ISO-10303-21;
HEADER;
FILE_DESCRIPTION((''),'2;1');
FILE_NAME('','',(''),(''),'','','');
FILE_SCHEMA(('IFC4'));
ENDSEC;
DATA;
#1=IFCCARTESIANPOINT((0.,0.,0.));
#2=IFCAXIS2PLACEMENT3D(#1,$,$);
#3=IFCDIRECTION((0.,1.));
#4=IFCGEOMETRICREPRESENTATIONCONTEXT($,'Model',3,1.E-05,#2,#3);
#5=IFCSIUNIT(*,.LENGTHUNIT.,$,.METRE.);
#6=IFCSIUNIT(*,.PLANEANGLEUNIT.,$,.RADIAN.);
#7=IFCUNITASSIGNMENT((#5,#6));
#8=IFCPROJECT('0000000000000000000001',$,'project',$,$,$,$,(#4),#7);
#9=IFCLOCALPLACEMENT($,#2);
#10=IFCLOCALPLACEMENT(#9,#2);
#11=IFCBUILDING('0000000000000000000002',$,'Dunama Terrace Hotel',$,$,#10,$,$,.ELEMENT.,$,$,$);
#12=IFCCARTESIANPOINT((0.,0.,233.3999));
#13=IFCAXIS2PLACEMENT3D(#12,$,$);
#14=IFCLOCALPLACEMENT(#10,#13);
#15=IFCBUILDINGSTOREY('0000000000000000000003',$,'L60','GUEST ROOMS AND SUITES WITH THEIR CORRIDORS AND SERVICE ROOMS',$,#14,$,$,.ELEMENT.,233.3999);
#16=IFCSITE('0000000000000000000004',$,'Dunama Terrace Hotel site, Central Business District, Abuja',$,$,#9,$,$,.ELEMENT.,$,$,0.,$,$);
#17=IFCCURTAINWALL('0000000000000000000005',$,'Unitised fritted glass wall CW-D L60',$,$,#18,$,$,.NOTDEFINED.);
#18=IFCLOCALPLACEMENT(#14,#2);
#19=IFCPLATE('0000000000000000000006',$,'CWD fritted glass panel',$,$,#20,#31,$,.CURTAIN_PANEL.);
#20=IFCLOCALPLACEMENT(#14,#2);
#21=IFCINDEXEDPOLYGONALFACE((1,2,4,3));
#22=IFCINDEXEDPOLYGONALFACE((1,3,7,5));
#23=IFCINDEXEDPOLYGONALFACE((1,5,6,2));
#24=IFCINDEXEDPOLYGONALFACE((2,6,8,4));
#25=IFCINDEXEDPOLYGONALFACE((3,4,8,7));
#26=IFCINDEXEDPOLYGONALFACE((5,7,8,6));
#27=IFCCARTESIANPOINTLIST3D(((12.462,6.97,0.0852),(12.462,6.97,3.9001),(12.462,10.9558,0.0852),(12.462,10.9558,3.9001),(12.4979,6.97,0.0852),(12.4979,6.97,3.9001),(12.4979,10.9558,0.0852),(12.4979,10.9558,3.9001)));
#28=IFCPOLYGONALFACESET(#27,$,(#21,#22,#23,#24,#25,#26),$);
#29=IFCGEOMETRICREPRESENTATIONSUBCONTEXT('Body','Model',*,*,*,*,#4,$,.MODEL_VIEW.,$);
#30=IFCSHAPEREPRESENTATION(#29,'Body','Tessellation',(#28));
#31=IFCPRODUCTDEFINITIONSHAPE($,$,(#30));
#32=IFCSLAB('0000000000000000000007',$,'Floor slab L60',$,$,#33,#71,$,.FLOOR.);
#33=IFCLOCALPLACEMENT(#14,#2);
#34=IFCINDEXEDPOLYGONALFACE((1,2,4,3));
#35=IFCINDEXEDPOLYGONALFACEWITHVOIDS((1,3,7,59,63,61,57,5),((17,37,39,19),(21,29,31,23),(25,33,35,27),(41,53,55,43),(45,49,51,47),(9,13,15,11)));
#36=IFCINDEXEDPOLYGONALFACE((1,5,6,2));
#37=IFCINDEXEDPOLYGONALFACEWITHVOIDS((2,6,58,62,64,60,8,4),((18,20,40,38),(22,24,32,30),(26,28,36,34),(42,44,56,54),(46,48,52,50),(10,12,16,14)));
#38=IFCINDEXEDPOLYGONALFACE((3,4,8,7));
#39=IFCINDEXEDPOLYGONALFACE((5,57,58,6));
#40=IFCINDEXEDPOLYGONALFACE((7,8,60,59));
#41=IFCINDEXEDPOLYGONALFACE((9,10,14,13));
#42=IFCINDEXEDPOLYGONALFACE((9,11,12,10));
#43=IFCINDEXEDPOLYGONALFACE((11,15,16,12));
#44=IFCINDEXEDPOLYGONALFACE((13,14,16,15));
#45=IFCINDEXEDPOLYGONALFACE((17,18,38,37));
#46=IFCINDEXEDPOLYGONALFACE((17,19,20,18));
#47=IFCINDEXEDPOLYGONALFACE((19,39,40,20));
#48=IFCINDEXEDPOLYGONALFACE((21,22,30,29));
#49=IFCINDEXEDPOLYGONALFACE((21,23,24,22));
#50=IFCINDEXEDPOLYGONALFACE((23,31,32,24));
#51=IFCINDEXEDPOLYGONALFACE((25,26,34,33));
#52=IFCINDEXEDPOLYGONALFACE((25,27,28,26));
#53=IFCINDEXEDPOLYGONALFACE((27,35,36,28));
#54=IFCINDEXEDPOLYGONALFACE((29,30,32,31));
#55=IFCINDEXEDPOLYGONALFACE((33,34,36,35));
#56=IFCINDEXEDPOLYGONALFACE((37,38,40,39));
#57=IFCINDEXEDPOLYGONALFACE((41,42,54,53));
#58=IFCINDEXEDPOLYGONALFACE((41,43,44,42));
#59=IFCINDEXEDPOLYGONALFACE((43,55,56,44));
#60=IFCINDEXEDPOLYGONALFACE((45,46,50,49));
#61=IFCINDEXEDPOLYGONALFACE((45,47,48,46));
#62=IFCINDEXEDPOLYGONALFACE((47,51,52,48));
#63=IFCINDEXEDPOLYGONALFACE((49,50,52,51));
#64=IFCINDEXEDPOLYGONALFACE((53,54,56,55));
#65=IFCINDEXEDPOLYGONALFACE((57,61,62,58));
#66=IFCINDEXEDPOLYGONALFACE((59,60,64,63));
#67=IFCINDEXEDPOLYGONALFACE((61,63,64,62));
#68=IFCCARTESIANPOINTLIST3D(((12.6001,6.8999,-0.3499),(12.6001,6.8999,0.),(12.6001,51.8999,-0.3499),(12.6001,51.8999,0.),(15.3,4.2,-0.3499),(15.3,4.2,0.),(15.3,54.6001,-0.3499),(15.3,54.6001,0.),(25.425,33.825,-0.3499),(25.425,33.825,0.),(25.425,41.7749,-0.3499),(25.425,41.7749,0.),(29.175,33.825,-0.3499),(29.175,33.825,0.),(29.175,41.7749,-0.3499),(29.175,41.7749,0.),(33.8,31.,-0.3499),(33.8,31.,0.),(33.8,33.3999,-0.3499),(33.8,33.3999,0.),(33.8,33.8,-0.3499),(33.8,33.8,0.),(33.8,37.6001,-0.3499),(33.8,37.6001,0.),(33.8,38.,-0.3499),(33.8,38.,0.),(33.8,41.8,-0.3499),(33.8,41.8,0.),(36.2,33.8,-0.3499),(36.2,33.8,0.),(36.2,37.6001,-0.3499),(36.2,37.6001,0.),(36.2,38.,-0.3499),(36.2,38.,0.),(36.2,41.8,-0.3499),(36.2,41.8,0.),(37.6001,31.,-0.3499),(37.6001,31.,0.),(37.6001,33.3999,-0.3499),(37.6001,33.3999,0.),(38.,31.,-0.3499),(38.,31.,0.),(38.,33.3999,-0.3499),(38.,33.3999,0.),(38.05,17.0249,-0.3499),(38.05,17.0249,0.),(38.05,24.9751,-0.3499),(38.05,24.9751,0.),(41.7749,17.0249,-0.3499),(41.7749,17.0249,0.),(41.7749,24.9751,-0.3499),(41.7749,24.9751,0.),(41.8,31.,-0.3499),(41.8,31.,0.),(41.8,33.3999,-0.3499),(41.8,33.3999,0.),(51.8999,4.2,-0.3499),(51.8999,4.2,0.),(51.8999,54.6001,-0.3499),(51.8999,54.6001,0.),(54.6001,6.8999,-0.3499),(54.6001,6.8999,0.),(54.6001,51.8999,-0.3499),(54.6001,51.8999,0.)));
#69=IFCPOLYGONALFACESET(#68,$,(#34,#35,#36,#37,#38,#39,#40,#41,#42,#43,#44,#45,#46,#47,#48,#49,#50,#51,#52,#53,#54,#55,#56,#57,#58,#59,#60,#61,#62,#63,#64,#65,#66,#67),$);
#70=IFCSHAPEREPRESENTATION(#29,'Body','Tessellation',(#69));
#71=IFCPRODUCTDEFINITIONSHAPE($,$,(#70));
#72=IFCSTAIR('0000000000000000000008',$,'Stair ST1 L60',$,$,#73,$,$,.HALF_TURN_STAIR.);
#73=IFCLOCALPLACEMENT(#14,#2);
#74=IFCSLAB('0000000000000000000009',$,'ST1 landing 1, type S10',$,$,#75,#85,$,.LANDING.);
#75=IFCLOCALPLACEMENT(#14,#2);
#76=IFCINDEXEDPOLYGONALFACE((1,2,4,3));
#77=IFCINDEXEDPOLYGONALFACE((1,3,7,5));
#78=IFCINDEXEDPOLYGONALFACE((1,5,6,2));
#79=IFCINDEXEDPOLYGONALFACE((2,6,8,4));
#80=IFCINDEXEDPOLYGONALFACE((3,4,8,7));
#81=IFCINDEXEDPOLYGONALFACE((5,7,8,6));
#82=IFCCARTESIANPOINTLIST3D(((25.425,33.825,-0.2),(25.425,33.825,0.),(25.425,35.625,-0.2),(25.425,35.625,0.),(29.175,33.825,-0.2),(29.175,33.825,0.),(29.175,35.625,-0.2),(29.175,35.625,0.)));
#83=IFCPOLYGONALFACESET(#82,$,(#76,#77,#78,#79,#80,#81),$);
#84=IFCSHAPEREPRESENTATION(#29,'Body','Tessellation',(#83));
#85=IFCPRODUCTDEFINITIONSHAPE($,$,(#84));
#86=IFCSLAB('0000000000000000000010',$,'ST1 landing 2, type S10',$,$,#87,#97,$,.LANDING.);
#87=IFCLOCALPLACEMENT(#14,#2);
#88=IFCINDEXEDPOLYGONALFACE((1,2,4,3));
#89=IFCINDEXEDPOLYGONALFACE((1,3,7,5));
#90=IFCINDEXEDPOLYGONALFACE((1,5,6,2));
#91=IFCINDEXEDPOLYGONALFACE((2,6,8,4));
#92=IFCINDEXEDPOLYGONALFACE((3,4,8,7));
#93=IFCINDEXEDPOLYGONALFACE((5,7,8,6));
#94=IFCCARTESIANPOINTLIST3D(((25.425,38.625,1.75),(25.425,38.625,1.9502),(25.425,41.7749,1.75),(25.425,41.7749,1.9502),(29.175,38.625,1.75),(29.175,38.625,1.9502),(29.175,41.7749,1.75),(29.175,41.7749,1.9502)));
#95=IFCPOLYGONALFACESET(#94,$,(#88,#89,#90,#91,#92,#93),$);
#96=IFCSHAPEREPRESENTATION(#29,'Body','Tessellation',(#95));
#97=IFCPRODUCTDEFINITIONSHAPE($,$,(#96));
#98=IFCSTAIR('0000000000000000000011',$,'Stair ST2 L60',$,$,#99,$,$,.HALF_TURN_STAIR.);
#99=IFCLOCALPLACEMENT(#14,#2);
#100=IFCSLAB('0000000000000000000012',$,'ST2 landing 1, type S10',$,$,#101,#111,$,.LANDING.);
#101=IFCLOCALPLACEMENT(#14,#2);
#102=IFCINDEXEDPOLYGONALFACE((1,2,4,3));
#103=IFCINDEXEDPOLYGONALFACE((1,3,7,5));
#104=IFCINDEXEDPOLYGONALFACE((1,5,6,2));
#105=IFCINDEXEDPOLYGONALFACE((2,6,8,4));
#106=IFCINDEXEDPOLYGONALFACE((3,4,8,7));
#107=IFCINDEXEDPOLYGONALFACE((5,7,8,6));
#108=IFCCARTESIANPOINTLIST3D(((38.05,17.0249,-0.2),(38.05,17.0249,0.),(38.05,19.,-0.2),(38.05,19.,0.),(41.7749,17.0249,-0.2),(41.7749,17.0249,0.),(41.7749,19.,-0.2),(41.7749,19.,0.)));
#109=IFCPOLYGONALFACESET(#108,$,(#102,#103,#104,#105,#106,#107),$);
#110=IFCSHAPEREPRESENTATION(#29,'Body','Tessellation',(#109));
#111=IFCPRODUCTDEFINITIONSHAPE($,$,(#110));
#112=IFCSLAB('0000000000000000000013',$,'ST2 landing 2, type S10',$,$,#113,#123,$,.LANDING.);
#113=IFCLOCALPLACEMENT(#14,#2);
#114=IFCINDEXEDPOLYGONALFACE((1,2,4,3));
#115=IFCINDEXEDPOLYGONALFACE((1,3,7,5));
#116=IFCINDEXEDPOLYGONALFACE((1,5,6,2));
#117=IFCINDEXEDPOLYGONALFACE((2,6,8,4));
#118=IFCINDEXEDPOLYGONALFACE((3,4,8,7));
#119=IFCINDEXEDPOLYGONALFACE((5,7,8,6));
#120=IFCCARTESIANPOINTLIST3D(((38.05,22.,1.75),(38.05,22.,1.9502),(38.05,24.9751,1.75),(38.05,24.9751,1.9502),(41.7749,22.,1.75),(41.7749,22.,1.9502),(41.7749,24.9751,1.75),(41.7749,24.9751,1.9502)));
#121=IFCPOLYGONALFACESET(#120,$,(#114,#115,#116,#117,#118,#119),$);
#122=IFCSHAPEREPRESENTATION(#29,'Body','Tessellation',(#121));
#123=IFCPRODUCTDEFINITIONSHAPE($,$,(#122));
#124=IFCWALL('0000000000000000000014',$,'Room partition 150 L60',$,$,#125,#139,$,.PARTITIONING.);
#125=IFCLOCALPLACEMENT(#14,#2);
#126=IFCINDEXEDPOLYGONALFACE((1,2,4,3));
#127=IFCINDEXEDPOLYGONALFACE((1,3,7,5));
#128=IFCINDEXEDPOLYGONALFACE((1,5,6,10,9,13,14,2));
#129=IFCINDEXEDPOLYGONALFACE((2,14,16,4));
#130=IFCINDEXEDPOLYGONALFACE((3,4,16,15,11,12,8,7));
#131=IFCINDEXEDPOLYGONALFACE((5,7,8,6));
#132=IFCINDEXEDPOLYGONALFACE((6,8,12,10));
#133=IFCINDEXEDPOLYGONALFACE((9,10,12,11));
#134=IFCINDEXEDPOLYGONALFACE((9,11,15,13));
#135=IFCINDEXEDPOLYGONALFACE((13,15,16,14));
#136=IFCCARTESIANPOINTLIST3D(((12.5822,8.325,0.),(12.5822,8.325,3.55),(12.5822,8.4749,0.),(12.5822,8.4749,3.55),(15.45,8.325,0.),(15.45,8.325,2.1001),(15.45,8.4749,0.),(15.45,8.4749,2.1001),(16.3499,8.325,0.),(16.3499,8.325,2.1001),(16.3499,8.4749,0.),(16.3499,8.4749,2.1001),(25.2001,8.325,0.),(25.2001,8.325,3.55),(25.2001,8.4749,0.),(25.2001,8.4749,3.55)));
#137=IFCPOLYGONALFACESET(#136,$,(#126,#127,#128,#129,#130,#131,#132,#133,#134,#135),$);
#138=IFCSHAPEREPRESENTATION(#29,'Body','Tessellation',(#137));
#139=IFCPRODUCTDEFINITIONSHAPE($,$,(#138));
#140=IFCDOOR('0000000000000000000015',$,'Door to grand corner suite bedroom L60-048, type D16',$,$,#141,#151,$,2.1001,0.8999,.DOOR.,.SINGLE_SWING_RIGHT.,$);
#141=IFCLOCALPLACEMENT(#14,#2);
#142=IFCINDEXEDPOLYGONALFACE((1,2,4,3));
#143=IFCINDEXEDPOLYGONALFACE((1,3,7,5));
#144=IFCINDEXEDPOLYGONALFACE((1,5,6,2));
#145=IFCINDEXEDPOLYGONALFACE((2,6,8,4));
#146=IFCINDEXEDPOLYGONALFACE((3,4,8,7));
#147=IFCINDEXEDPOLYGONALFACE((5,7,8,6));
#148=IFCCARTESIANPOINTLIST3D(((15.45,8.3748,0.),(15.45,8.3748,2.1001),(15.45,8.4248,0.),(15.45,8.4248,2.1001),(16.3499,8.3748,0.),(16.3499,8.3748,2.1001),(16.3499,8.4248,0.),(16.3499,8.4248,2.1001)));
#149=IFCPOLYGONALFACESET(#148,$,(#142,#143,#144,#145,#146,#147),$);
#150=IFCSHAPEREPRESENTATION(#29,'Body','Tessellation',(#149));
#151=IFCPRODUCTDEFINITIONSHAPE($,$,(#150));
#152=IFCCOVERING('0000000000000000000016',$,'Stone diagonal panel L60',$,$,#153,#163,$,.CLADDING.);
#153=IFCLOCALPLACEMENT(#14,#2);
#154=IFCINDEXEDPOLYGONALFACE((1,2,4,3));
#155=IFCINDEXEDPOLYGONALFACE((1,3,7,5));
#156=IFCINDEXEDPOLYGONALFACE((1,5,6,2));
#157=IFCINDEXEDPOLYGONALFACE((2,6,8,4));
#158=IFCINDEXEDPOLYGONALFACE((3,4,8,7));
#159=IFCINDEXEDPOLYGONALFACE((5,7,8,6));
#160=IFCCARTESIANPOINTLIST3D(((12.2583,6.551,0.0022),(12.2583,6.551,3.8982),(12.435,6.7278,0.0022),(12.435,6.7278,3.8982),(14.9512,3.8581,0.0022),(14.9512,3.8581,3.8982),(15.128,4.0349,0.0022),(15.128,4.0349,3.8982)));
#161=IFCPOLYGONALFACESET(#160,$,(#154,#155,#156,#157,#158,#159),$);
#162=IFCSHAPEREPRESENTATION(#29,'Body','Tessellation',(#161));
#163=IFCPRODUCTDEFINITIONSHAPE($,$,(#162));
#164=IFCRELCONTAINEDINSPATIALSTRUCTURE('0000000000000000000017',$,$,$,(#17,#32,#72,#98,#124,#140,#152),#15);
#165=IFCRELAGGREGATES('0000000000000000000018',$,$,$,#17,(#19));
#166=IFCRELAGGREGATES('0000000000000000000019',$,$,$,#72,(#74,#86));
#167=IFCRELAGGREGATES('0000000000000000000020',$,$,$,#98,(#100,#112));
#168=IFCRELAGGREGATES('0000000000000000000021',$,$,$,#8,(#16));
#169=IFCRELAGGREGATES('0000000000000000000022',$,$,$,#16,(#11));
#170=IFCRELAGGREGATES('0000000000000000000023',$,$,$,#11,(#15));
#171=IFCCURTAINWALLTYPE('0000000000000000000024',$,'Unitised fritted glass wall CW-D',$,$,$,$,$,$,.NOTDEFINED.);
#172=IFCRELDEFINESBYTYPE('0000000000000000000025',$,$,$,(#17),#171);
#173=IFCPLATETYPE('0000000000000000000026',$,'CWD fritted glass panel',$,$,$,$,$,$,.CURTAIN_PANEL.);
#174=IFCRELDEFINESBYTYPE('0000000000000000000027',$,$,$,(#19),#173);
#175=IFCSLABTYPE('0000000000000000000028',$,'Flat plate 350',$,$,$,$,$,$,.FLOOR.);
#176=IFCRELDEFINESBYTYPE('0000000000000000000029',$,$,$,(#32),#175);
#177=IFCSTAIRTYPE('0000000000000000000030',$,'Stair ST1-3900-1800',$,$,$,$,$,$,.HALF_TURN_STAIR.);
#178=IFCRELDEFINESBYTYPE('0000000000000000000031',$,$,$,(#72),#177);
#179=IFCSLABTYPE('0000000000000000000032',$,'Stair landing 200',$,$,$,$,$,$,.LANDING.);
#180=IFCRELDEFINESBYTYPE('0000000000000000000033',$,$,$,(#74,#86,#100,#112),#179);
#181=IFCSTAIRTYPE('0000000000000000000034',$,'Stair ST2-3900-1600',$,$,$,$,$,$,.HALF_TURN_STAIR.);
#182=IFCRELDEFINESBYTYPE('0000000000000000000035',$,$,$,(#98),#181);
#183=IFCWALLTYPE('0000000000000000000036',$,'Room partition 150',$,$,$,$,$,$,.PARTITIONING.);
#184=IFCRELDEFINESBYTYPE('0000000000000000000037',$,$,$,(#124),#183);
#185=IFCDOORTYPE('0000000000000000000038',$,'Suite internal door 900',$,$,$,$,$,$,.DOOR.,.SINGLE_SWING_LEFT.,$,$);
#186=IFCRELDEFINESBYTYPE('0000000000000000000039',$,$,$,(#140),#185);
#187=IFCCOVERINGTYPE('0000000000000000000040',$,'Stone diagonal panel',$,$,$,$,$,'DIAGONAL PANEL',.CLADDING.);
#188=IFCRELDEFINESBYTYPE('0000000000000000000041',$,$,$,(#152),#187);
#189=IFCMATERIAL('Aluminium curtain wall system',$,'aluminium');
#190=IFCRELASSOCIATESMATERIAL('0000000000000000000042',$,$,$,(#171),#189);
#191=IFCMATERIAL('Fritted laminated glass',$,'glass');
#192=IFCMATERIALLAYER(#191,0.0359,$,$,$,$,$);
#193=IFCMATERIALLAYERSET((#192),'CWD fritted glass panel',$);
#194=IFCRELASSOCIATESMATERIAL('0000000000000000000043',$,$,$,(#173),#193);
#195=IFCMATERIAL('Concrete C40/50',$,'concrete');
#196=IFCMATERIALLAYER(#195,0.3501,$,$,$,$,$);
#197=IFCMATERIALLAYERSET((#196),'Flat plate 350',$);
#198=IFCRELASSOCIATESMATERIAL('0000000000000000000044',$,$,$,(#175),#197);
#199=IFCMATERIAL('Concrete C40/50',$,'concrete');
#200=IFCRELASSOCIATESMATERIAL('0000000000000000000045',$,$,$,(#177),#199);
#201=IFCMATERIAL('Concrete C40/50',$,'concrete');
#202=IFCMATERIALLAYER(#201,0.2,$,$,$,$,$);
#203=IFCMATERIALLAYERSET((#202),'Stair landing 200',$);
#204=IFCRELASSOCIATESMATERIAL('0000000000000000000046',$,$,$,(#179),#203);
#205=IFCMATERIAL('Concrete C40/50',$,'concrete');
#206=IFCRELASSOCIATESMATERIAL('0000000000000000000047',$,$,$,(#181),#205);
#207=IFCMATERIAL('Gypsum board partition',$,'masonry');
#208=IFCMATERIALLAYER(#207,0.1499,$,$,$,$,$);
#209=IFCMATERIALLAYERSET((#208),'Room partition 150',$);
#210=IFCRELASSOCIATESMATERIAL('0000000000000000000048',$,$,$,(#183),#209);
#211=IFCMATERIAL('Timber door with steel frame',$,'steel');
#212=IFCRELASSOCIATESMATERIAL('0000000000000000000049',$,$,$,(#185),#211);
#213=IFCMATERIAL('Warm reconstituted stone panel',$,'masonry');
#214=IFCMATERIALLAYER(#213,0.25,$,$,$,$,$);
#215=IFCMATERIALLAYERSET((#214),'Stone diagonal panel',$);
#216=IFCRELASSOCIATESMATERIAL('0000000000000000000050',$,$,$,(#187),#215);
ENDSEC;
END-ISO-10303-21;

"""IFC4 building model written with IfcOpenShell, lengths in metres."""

from ifc_helpers import new_model, si_unit, direction, frame, frame_2d, origin, origin_2d, place, context, subcontext, project, spatial, polyline, rectangle, outline, extrude, material, layer, layer_set, type_object, element, fill, aggregate, save


model = new_model("IFC4")

# Units and contexts
model_context = context("Model", 3, precision=1e-05, world=origin(), true_north=direction((0.0, 1.0)))
body_context = subcontext(model_context, "Body", "Model", "MODEL_VIEW")
ifc_project = project(units=[si_unit("LENGTHUNIT", "METRE"), si_unit("PLANEANGLEUNIT", "RADIAN")], contexts=[model_context])

# Site, building, storey
site_placement = place(None, origin())
site = spatial("IfcSite", under=ifc_project, at=site_placement, Name="Dunama Terrace Hotel site, Central Business District, Abuja", CompositionType="ELEMENT", RefElevation=0.0)
building_placement = place(site_placement, origin())
building = spatial("IfcBuilding", under=site, at=building_placement, Name="Dunama Terrace Hotel", CompositionType="ELEMENT")
storey_placement = place(building_placement, frame((0.0, 0.0, 233.3999)))
storey = spatial("IfcBuildingStorey", under=building, at=storey_placement, Name="L60", Description="GUEST ROOMS AND SUITES WITH THEIR CORRIDORS AND SERVICE ROOMS", CompositionType="ELEMENT", Elevation=233.3999)

# Shared definitions
ifc_material_1 = material(Name="Aluminium curtain wall system", Category="aluminium")
curtain_wall_type = type_object("IfcCurtainWallType", Name="Unitised fritted glass wall CW-D", PredefinedType="NOTDEFINED", material=ifc_material_1)

# Curtain wall
curtain_wall_1_placement = place(storey_placement, origin())
curtain_wall_1 = element("IfcCurtainWall", 1, at=curtain_wall_1_placement, inside=storey, type_object=curtain_wall_type, Name="Unitised fritted glass wall CW-D L60", PredefinedType="NOTDEFINED")

# Plate
ifc_material_2 = material(Name="Fritted laminated glass", Category="glass")
ifc_layer_1 = layer(ifc_material_2, 0.0359)
ifc_layer_set_1 = layer_set([ifc_layer_1], Name="CWD fritted glass panel")
plate_type_1 = type_object("IfcPlateType", Name="CWD fritted glass panel", PredefinedType="CURTAIN_PANEL", material=ifc_layer_set_1)
plate_1_placement = place(storey_placement, frame((12.48, 8.9629, 0.0852), z_axis=(0.0, 0.0, 1.0), x_axis=(0.0, -1.0, 0.0)))
plate_1 = element("IfcPlate", 2, at=plate_1_placement, type_object=plate_type_1, Name="CWD fritted glass panel", PredefinedType="CURTAIN_PANEL", context=body_context, shape_type="SweptSolid", body=[
    extrude(rectangle(XDim=3.9858, YDim=0.0359, at=origin_2d()), origin(), (0.0, 0.0, 1.0), 3.8149),
])
aggregate(curtain_wall_1, [plate_1])

# Slab
ifc_material_3 = material(Name="Concrete C40/50", Category="concrete")
ifc_layer_2 = layer(ifc_material_3, 0.3501)
ifc_layer_set_2 = layer_set([ifc_layer_2], Name="Flat plate 350")
slab_type_1 = type_object("IfcSlabType", Name="Flat plate 350", PredefinedType="FLOOR", material=ifc_layer_set_2)
slab_1_placement = place(storey_placement, frame((0.0, 0.0, -0.3499)))
element("IfcSlab", 3, at=slab_1_placement, inside=storey, type_object=slab_type_1, Name="Floor slab L60", PredefinedType="FLOOR", context=body_context, shape_type="SweptSolid", body=[
    extrude(outline(polyline([(15.3, 4.2), (51.8999, 4.2), (54.6001, 6.8999), (54.6001, 51.8999), (51.8999, 54.6001), (15.3, 54.6001), (12.6001, 51.8999), (12.6001, 6.8999), (15.3, 4.2)]), holes=[polyline([(37.6001, 31.0), (37.6001, 33.3999), (33.8, 33.3999), (33.8, 31.0), (37.6001, 31.0)]), polyline([(41.8, 31.0), (41.8, 33.3999), (38.0, 33.3999), (38.0, 31.0), (41.8, 31.0)]), polyline([(36.2, 38.0), (36.2, 41.8), (33.8, 41.8), (33.8, 38.0), (36.2, 38.0)]), polyline([(36.2, 33.8), (36.2, 37.6001), (33.8, 37.6001), (33.8, 33.8), (36.2, 33.8)]), polyline([(29.175, 33.825), (29.175, 41.7749), (25.425, 41.7749), (25.425, 33.825), (29.175, 33.825)]), polyline([(41.7749, 17.0249), (41.7749, 24.9751), (38.05, 24.9751), (38.05, 17.0249), (41.7749, 17.0249)])]), origin(), (0.0, 0.0, 1.0), 0.3499),
])

# Stairs, slabs
ifc_material_4 = material(Name="Concrete C40/50", Category="concrete")
stair_type_1 = type_object("IfcStairType", Name="Stair ST1-3900-1800", PredefinedType="HALF_TURN_STAIR", material=ifc_material_4)
stair_1_placement = place(storey_placement, origin())
stair_1 = element("IfcStair", 4, at=stair_1_placement, inside=storey, type_object=stair_type_1, Name="Stair ST1 L60", PredefinedType="HALF_TURN_STAIR")
ifc_material_5 = material(Name="Concrete C40/50", Category="concrete")
ifc_layer_3 = layer(ifc_material_5, 0.2)
ifc_layer_set_3 = layer_set([ifc_layer_3], Name="Stair landing 200")
slab_type_2 = type_object("IfcSlabType", Name="Stair landing 200", PredefinedType="LANDING", material=ifc_layer_set_3)
slab_2_placement = place(storey_placement, frame((0.0, 0.0, -0.2)))
slab_2 = element("IfcSlab", 5, at=slab_2_placement, type_object=slab_type_2, Name="ST1 landing 1, type S10", PredefinedType="LANDING", context=body_context, shape_type="SweptSolid", body=[
    extrude(outline(polyline([(25.425, 33.825), (29.175, 33.825), (29.175, 35.625), (25.425, 35.625), (25.425, 33.825)])), origin(), (0.0, 0.0, 1.0), 0.2),
])
slab_3_placement = place(storey_placement, frame((0.0, 0.0, 1.75)))
slab_3 = element("IfcSlab", 6, at=slab_3_placement, type_object=slab_type_2, Name="ST1 landing 2, type S10", PredefinedType="LANDING", context=body_context, shape_type="SweptSolid", body=[
    extrude(outline(polyline([(25.425, 38.625), (29.175, 38.625), (29.175, 41.7749), (25.425, 41.7749), (25.425, 38.625)])), origin(), (0.0, 0.0, 1.0), 0.2002),
])
aggregate(stair_1, [slab_2, slab_3])
ifc_material_6 = material(Name="Concrete C40/50", Category="concrete")
stair_type_2 = type_object("IfcStairType", Name="Stair ST2-3900-1600", PredefinedType="HALF_TURN_STAIR", material=ifc_material_6)
stair_2_placement = place(storey_placement, origin())
stair_2 = element("IfcStair", 7, at=stair_2_placement, inside=storey, type_object=stair_type_2, Name="Stair ST2 L60", PredefinedType="HALF_TURN_STAIR")
slab_4_placement = place(storey_placement, frame((0.0, 0.0, -0.2)))
slab_4 = element("IfcSlab", 8, at=slab_4_placement, type_object=slab_type_2, Name="ST2 landing 1, type S10", PredefinedType="LANDING", context=body_context, shape_type="SweptSolid", body=[
    extrude(outline(polyline([(38.05, 17.0249), (41.7749, 17.0249), (41.7749, 19.0), (38.05, 19.0), (38.05, 17.0249)])), origin(), (0.0, 0.0, 1.0), 0.2),
])
slab_5_placement = place(storey_placement, frame((0.0, 0.0, 1.75)))
slab_5 = element("IfcSlab", 9, at=slab_5_placement, type_object=slab_type_2, Name="ST2 landing 2, type S10", PredefinedType="LANDING", context=body_context, shape_type="SweptSolid", body=[
    extrude(outline(polyline([(38.05, 22.0), (41.7749, 22.0), (41.7749, 24.9751), (38.05, 24.9751), (38.05, 22.0)])), origin(), (0.0, 0.0, 1.0), 0.2002),
])
aggregate(stair_2, [slab_4, slab_5])

# Wall, opening, door
ifc_material_7 = material(Name="Gypsum board partition", Category="masonry")
ifc_layer_4 = layer(ifc_material_7, 0.1499)
ifc_layer_set_4 = layer_set([ifc_layer_4], Name="Room partition 150")
wall_type = type_object("IfcWallType", Name="Room partition 150", PredefinedType="PARTITIONING", material=ifc_layer_set_4)
wall_placement = place(storey_placement, frame((12.582, 8.3999, 0.0), z_axis=(0.0, 0.0, 1.0), x_axis=(1.0, 0.0, 0.0)))
wall = element("IfcWall", 10, at=wall_placement, inside=storey, type_object=wall_type, Name="Room partition 150 L60", PredefinedType="PARTITIONING", context=body_context, shape_type="SweptSolid", body=[
    extrude(rectangle(XDim=12.6179, YDim=0.1499, at=frame_2d((6.3091, 0.0))), origin(), (0.0, 0.0, 1.0), 3.55),
])
opening_placement = place(wall_placement, frame((2.8679, 0.0, 0.0)))
opening = element("IfcOpeningElement", 11, at=opening_placement, cuts=wall, PredefinedType="OPENING", context=body_context, shape_type="SweptSolid", body=[
    extrude(rectangle(XDim=0.8999, YDim=2.1001, at=frame_2d((0.45, 1.05))), frame((0.0, 0.085, 0.0), z_axis=(0.0, -1.0, 0.0), x_axis=(1.0, 0.0, 0.0)), (0.0, 0.0, 1.0), 0.1699),
])
ifc_material_8 = material(Name="Timber door with steel frame", Category="steel")
door_type = type_object("IfcDoorType", Name="Suite internal door 900", OperationType="SINGLE_SWING_LEFT", PredefinedType="DOOR", material=ifc_material_8)
door_placement = place(opening_placement, frame((0.8999, 0.0, 0.0), z_axis=(0.0, 0.0, 1.0), x_axis=(-1.0, 0.0, 0.0)))
door = element("IfcDoor", 12, at=door_placement, inside=storey, type_object=door_type, Name="Door to grand corner suite bedroom L60-048, type D16", OperationType="SINGLE_SWING_RIGHT", OverallHeight=2.1001, OverallWidth=0.8999, PredefinedType="DOOR", context=body_context, shape_type="SweptSolid", body=[
    extrude(rectangle(XDim=0.8999, YDim=2.1001, at=frame_2d((0.45, 1.05))), frame((0.0, 0.0251, 0.0), z_axis=(0.0, -1.0, 0.0), x_axis=(1.0, 0.0, 0.0)), (0.0, 0.0, 1.0), 0.05),
])
fill(opening, door)

# Covering
ifc_material_9 = material(Name="Warm reconstituted stone panel", Category="masonry")
ifc_layer_5 = layer(ifc_material_9, 0.25)
ifc_layer_set_5 = layer_set([ifc_layer_5], Name="Stone diagonal panel")
covering_type = type_object("IfcCoveringType", Name="Stone diagonal panel", ElementType="DIAGONAL PANEL", PredefinedType="CLADDING", material=ifc_layer_set_5)
covering_placement = place(storey_placement, frame((13.6931, 5.293, 0.0022), z_axis=(0.0, 0.0, 1.0), x_axis=(0.707107, -0.707107, 0.0)))
element("IfcCovering", 13, at=covering_placement, inside=storey, type_object=covering_type, Name="Stone diagonal panel L60", PredefinedType="CLADDING", context=body_context, shape_type="SweptSolid", body=[
    extrude(rectangle(XDim=3.8083, YDim=0.25, at=origin_2d()), origin(), (0.0, 0.0, 1.0), 3.896),
])

save(model, "model.ifc")
